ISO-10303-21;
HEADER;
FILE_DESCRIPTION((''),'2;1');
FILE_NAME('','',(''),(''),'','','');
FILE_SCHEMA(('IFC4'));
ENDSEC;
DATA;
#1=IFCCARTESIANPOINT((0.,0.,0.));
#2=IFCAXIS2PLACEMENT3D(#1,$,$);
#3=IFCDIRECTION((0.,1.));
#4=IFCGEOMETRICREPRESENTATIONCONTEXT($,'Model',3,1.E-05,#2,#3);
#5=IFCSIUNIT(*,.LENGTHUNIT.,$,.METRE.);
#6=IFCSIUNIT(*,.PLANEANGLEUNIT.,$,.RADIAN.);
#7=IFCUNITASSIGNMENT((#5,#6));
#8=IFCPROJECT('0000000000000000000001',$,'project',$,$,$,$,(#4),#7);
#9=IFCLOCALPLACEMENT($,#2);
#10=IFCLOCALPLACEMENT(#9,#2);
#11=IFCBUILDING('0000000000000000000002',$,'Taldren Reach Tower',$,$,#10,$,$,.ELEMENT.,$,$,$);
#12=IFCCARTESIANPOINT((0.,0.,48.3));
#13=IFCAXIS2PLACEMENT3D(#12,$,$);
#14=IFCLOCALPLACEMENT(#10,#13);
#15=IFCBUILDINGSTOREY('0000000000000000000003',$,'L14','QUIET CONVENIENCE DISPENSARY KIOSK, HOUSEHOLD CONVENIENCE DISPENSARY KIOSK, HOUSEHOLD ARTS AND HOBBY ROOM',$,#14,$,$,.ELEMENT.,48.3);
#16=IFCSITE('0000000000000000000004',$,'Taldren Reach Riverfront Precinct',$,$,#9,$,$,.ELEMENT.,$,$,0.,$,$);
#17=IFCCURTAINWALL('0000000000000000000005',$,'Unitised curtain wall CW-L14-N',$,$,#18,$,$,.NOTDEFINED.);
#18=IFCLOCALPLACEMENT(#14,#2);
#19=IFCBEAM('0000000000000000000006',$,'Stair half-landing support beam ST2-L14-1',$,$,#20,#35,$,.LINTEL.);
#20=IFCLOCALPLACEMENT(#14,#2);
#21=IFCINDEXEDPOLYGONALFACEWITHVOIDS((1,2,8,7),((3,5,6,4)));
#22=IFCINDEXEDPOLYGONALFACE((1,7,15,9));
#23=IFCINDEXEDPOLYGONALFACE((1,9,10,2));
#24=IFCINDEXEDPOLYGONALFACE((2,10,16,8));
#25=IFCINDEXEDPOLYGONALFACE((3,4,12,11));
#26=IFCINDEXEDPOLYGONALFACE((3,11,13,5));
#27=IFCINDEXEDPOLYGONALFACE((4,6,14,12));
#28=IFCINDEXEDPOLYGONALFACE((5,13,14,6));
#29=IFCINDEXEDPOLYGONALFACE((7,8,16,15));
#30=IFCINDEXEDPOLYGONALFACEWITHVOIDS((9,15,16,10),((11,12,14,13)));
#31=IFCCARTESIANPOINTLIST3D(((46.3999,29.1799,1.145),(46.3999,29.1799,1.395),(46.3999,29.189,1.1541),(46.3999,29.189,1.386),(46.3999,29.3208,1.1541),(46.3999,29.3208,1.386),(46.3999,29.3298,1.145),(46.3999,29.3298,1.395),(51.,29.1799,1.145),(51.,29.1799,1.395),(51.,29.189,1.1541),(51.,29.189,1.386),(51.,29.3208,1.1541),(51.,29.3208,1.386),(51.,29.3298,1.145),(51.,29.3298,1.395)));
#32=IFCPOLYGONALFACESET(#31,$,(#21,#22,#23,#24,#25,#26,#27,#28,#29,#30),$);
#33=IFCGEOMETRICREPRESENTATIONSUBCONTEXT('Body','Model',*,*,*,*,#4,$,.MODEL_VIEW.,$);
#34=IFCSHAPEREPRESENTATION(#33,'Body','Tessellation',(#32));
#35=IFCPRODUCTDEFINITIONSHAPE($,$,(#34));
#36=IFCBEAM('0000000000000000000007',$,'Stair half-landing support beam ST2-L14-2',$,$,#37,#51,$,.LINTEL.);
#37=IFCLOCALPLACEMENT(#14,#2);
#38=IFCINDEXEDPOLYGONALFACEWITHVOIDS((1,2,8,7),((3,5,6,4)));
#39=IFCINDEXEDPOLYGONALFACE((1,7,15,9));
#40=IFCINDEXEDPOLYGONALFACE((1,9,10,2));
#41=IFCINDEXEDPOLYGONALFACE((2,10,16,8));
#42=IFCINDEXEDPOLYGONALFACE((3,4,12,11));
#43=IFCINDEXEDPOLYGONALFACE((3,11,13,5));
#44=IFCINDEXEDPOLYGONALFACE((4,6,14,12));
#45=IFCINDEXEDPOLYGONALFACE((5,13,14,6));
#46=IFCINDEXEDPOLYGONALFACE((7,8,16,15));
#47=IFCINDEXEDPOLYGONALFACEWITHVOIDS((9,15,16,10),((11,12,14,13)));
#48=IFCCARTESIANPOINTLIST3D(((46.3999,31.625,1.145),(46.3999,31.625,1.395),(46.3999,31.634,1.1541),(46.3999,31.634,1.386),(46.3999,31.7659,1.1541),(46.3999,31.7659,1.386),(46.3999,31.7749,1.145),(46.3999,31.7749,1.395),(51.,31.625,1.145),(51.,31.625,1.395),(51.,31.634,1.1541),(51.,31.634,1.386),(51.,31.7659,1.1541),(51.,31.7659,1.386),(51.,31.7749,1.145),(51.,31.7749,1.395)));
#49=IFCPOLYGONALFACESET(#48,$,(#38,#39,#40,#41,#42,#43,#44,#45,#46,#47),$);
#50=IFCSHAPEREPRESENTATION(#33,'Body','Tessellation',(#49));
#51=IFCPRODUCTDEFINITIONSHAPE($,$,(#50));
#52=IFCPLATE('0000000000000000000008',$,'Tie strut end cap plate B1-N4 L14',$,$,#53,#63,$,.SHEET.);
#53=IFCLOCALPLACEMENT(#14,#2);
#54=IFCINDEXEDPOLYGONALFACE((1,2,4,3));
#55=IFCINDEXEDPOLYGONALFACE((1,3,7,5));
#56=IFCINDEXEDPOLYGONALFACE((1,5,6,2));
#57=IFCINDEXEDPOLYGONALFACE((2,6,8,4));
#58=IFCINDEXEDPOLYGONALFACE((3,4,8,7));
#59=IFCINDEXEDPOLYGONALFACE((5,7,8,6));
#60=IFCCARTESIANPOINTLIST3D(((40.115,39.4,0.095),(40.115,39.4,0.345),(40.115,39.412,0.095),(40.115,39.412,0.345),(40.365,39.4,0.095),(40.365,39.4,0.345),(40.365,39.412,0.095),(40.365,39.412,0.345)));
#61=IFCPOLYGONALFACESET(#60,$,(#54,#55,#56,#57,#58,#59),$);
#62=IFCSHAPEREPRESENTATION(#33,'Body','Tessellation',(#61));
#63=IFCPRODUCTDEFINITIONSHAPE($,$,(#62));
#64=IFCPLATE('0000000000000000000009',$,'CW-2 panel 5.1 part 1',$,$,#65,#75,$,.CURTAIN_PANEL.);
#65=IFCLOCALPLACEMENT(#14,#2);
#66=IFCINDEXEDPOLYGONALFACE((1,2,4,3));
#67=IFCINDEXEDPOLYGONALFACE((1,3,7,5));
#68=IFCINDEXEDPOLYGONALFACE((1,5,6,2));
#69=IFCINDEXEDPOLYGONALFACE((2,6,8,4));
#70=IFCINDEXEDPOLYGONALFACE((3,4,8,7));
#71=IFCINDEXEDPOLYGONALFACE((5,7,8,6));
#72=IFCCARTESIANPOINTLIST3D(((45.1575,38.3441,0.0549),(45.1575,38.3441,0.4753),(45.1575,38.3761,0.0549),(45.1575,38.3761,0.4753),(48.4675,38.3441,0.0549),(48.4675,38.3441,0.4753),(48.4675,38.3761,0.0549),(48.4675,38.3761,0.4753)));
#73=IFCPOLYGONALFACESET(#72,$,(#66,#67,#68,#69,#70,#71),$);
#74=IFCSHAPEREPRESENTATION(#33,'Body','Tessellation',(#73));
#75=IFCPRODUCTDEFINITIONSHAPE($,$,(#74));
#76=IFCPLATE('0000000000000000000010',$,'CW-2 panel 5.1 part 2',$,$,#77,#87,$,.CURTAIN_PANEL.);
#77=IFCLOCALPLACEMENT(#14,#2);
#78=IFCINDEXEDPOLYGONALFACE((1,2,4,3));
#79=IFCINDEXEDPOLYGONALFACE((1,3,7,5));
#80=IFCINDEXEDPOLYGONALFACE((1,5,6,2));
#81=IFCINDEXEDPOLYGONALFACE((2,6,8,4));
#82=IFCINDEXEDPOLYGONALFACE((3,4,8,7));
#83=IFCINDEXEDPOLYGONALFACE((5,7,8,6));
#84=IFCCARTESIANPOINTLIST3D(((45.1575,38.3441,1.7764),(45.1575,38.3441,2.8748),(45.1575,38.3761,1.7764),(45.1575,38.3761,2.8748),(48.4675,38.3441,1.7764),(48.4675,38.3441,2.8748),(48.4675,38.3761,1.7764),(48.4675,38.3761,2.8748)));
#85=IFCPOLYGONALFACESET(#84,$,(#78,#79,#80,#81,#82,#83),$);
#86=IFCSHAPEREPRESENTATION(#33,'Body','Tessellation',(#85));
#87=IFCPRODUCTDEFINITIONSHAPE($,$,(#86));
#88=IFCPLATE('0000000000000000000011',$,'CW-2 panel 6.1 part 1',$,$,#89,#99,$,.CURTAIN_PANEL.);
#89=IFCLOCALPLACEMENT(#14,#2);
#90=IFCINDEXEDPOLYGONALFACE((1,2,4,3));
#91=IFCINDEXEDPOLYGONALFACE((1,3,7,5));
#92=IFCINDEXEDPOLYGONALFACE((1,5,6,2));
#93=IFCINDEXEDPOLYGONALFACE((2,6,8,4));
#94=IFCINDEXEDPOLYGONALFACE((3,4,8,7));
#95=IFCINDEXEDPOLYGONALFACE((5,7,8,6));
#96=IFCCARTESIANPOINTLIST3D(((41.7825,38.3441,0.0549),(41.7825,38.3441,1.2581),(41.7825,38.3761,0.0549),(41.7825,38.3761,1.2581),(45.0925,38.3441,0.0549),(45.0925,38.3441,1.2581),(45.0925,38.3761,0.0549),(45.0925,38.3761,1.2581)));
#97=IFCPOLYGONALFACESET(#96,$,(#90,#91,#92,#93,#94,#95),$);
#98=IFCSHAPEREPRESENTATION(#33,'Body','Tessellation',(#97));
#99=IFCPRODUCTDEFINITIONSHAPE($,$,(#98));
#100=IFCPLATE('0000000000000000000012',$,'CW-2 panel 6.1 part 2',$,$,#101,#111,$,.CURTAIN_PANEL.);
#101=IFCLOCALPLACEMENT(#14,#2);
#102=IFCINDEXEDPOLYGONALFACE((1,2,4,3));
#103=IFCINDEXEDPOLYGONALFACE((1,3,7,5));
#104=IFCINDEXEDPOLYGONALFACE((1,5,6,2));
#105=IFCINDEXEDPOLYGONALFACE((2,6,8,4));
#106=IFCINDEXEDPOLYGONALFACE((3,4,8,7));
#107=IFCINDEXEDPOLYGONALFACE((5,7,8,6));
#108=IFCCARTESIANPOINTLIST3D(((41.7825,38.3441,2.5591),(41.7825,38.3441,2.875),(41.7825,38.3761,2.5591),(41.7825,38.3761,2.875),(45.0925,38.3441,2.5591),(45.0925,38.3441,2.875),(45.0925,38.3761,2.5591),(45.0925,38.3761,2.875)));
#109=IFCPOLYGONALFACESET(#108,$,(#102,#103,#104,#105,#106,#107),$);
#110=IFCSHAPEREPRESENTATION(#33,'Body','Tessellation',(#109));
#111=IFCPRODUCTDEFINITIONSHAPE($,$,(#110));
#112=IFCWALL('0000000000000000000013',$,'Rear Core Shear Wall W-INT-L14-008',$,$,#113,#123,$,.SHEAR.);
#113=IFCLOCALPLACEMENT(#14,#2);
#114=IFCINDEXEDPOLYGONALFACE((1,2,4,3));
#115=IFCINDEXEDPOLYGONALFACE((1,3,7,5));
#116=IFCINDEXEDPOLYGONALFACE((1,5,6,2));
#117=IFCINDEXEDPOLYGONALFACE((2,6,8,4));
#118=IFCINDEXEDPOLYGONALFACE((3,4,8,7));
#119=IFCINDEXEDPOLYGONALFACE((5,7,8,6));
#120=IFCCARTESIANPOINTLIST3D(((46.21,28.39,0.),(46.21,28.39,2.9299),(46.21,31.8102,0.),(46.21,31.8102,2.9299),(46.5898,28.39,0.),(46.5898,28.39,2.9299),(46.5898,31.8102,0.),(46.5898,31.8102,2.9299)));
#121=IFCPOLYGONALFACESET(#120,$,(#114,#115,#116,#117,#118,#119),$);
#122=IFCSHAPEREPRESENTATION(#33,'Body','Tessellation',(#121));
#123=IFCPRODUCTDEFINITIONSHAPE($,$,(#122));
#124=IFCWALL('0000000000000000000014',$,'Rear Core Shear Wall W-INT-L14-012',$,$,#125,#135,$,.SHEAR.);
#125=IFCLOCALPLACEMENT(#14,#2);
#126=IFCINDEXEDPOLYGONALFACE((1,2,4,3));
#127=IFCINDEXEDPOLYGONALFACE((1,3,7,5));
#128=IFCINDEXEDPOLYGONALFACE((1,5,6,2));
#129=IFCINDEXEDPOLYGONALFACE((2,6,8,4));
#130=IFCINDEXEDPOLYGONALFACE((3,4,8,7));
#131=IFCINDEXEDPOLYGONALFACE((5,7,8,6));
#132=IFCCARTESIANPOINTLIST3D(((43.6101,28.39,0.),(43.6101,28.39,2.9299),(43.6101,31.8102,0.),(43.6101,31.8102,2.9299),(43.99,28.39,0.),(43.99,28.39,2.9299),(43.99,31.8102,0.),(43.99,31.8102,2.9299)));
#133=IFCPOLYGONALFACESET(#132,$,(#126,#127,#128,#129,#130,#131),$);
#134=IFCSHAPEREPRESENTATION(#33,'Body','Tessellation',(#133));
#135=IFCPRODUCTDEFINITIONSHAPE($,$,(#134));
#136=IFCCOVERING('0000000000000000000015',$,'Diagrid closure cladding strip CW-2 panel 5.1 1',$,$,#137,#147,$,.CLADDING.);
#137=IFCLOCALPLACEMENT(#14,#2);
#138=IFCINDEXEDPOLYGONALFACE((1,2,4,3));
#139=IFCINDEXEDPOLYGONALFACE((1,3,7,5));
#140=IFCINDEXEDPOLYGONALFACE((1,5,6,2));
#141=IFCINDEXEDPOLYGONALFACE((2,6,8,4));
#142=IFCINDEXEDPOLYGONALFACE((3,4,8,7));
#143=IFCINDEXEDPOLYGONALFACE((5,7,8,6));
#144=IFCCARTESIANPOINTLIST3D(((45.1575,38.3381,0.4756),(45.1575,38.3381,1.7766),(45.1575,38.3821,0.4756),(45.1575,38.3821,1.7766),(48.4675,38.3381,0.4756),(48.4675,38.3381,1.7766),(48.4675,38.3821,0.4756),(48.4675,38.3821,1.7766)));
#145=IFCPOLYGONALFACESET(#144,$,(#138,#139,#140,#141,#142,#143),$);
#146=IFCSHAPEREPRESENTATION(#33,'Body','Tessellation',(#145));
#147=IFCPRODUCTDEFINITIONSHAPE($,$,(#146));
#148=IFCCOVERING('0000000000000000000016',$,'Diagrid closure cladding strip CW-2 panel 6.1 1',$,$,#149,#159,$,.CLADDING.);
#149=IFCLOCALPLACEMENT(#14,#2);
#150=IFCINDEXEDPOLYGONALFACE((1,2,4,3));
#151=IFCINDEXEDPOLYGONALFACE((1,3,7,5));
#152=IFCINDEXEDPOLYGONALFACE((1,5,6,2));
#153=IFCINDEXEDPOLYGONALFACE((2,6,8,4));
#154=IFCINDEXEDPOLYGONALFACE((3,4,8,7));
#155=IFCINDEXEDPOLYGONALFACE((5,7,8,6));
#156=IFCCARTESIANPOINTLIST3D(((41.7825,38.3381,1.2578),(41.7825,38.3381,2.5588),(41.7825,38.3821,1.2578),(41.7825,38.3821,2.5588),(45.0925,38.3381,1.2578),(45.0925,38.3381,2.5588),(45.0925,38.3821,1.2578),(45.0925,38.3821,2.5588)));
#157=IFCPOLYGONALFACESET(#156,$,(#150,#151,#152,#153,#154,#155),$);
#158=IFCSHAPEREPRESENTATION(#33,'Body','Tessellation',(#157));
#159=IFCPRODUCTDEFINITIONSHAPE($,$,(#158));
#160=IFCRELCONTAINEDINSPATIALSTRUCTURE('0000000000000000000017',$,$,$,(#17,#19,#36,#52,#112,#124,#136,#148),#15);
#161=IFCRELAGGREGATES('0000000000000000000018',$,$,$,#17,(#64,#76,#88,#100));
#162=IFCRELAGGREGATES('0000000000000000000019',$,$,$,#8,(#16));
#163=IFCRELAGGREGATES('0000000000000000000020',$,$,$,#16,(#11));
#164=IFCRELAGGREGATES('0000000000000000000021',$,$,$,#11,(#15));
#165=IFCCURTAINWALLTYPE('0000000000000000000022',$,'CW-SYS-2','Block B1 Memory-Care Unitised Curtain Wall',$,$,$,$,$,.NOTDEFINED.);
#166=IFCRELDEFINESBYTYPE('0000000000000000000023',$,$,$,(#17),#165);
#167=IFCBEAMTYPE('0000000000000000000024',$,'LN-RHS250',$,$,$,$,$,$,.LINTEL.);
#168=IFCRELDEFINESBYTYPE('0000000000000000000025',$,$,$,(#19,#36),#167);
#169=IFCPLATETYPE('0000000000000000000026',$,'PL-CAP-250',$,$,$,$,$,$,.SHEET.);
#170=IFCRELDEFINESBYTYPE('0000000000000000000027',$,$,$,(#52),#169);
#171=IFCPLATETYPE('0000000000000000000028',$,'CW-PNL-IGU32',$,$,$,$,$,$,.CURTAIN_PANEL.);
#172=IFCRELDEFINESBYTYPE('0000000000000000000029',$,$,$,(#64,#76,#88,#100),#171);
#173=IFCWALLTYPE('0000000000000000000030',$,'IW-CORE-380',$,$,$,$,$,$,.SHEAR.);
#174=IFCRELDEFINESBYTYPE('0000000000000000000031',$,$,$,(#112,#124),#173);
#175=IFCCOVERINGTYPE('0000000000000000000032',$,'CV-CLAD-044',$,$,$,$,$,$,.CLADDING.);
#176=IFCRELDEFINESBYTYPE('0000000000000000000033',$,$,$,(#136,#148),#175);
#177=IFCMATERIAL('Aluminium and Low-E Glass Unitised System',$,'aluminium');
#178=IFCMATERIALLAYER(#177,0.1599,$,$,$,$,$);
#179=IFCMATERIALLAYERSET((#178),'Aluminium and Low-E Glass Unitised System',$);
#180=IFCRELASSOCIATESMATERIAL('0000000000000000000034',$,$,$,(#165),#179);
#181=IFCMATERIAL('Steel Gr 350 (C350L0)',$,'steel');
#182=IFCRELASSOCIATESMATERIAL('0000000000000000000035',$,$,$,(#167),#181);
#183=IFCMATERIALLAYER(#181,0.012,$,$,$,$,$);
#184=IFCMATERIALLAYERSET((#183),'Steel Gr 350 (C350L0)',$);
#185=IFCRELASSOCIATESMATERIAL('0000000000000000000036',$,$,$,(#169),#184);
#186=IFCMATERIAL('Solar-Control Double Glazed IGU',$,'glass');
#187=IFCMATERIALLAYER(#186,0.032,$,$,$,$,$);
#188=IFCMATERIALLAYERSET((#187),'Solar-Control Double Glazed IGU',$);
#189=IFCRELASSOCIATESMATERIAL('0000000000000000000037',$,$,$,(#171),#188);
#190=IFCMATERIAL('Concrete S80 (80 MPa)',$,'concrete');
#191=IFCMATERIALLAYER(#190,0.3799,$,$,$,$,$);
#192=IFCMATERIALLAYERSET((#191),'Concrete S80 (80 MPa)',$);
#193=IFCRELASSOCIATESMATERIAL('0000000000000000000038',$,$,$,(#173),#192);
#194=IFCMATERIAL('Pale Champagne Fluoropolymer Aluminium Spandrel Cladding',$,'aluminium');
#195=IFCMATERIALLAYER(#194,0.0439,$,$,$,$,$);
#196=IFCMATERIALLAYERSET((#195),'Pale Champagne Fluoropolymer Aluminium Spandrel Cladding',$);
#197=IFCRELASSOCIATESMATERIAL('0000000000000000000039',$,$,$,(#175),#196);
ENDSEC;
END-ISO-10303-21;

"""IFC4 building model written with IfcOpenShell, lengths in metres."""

from ifc_helpers import new_model, si_unit, direction, frame, frame_2d, origin, origin_2d, place, context, subcontext, project, spatial, rectangle, hollow_rectangle, extrude, source, transform, mapped, material, layer, layer_set, material_profile, profile_set, type_object, element, aggregate, save


model = new_model("IFC4")

# Units and contexts
model_context = context("Model", 3, precision=1e-05, world=origin(), true_north=direction((0.0, 1.0)))
body_context = subcontext(model_context, "Body", "Model", "MODEL_VIEW")
ifc_project = project(units=[si_unit("LENGTHUNIT", "METRE"), si_unit("PLANEANGLEUNIT", "RADIAN")], contexts=[model_context])

# Site, building, storey
site_placement = place(None, origin())
site = spatial("IfcSite", under=ifc_project, at=site_placement, Name="Taldren Reach Riverfront Precinct", CompositionType="ELEMENT", RefElevation=0.0)
building_placement = place(site_placement, origin())
building = spatial("IfcBuilding", under=site, at=building_placement, Name="Taldren Reach Tower", CompositionType="ELEMENT")
storey_placement = place(building_placement, frame((0.0, 0.0, 48.3)))
storey = spatial("IfcBuildingStorey", under=building, at=storey_placement, Name="L14", Description="QUIET CONVENIENCE DISPENSARY KIOSK, HOUSEHOLD CONVENIENCE DISPENSARY KIOSK, HOUSEHOLD ARTS AND HOBBY ROOM", CompositionType="ELEMENT", Elevation=48.3)

# Shared definitions
ifc_material_1 = material(Name="Steel Gr 350 (C350L0)", Category="steel")

# Curtain wall
ifc_material_2 = material(Name="Aluminium and Low-E Glass Unitised System", Category="aluminium")
ifc_layer_1 = layer(ifc_material_2, 0.1599)
ifc_layer_set_1 = layer_set([ifc_layer_1], Name="Aluminium and Low-E Glass Unitised System")
curtain_wall_type = type_object("IfcCurtainWallType", Name="CW-SYS-2", Description="Block B1 Memory-Care Unitised Curtain Wall", PredefinedType="NOTDEFINED", material=ifc_layer_set_1)
curtain_wall_placement = place(storey_placement, origin())
curtain_wall = element("IfcCurtainWall", 1, at=curtain_wall_placement, inside=storey, type_object=curtain_wall_type, Name="Unitised curtain wall CW-L14-N", PredefinedType="NOTDEFINED")

# Beams
ifc_material_profile_1 = material_profile(ifc_material_1, hollow_rectangle(XDim=0.1499, YDim=0.25, WallThickness=0.009, at=origin_2d()), Name="250x150x9.0RHS")
ifc_profile_set_1 = profile_set([ifc_material_profile_1], Name="Steel Gr 350 (C350L0)")
beam_type = type_object("IfcBeamType", Name="LN-RHS250", PredefinedType="LINTEL", material=ifc_profile_set_1)
shared_shape_1 = source(origin(), body_context, "Body", "SweptSolid", [
    extrude(hollow_rectangle(XDim=0.1499, YDim=0.25, WallThickness=0.009, at=origin_2d()), origin(), (0.0, 0.0, 1.0), 4.6001),
])
for number, where, z_axis, x_axis, name in (
    (2, (46.3999, 29.2549, 1.27), (1.0, 0.0, 0.0), (0.0, 1.0, 0.0), "Stair half-landing support beam ST2-L14-1"),
    (3, (46.3999, 31.7, 1.27), (1.0, 0.0, 0.0), (0.0, 1.0, 0.0), "Stair half-landing support beam ST2-L14-2"),
):
    element("IfcBeam", number, at=place(storey_placement, frame(where, z_axis=z_axis, x_axis=x_axis)), inside=storey, type_object=beam_type, Name=name, PredefinedType="LINTEL", context=body_context, shape_type="MappedRepresentation", body=[
        mapped(shared_shape_1, transform((0.0, 0.0, 0.0), scale=1.0)),
    ])

# Plates
ifc_layer_2 = layer(ifc_material_1, 0.012)
ifc_layer_set_2 = layer_set([ifc_layer_2], Name="Steel Gr 350 (C350L0)")
plate_type_1 = type_object("IfcPlateType", Name="PL-CAP-250", PredefinedType="SHEET", material=ifc_layer_set_2)
shared_shape_2 = source(origin(), body_context, "Body", "SweptSolid", [
    extrude(rectangle(XDim=0.25, YDim=0.012, at=origin_2d()), origin(), (0.0, 0.0, 1.0), 0.25),
])
plate_1_placement = place(storey_placement, frame((40.24, 39.406, 0.095), z_axis=(0.0, 0.0, 1.0), x_axis=(1.0, 0.0, 0.0)))
element("IfcPlate", 4, at=plate_1_placement, inside=storey, type_object=plate_type_1, Name="Tie strut end cap plate B1-N4 L14", PredefinedType="SHEET", context=body_context, shape_type="MappedRepresentation", body=[
    mapped(shared_shape_2, transform((0.0, 0.0, 0.0), scale=1.0)),
])
ifc_material_3 = material(Name="Solar-Control Double Glazed IGU", Category="glass")
ifc_layer_3 = layer(ifc_material_3, 0.032)
ifc_layer_set_3 = layer_set([ifc_layer_3], Name="Solar-Control Double Glazed IGU")
plate_type_2 = type_object("IfcPlateType", Name="CW-PNL-IGU32", PredefinedType="CURTAIN_PANEL", material=ifc_layer_set_3)
shared_shape_3 = source(origin(), body_context, "Body", "SweptSolid", [
    extrude(rectangle(XDim=3.3101, YDim=0.032, at=origin_2d()), origin(), (0.0, 0.0, 1.0), 0.4204),
])
plate_2_placement = place(storey_placement, frame((46.8125, 38.3601, 0.0549), z_axis=(0.0, 0.0, 1.0), x_axis=(-1.0, 0.0, 0.0)))
plate_2 = element("IfcPlate", 5, at=plate_2_placement, type_object=plate_type_2, Name="CW-2 panel 5.1 part 1", PredefinedType="CURTAIN_PANEL", context=body_context, shape_type="MappedRepresentation", body=[
    mapped(shared_shape_3, transform((0.0, 0.0, 0.0), scale=1.0)),
])
shared_shape_4 = source(origin(), body_context, "Body", "SweptSolid", [
    extrude(rectangle(XDim=3.3101, YDim=0.032, at=origin_2d()), origin(), (0.0, 0.0, 1.0), 1.0984),
])
plate_3_placement = place(storey_placement, frame((46.8125, 38.3601, 1.7764), z_axis=(0.0, 0.0, 1.0), x_axis=(-1.0, 0.0, 0.0)))
plate_3 = element("IfcPlate", 6, at=plate_3_placement, type_object=plate_type_2, Name="CW-2 panel 5.1 part 2", PredefinedType="CURTAIN_PANEL", context=body_context, shape_type="MappedRepresentation", body=[
    mapped(shared_shape_4, transform((0.0, 0.0, 0.0), scale=1.0)),
])
shared_shape_5 = source(origin(), body_context, "Body", "SweptSolid", [
    extrude(rectangle(XDim=3.3101, YDim=0.032, at=origin_2d()), origin(), (0.0, 0.0, 1.0), 1.2031),
])
plate_4_placement = place(storey_placement, frame((43.4375, 38.3601, 0.0549), z_axis=(0.0, 0.0, 1.0), x_axis=(-1.0, 0.0, 0.0)))
plate_4 = element("IfcPlate", 7, at=plate_4_placement, type_object=plate_type_2, Name="CW-2 panel 6.1 part 1", PredefinedType="CURTAIN_PANEL", context=body_context, shape_type="MappedRepresentation", body=[
    mapped(shared_shape_5, transform((0.0, 0.0, 0.0), scale=1.0)),
])
shared_shape_6 = source(origin(), body_context, "Body", "SweptSolid", [
    extrude(rectangle(XDim=3.3101, YDim=0.032, at=origin_2d()), origin(), (0.0, 0.0, 1.0), 0.3159),
])
plate_5_placement = place(storey_placement, frame((43.4375, 38.3601, 2.5591), z_axis=(0.0, 0.0, 1.0), x_axis=(-1.0, 0.0, 0.0)))
plate_5 = element("IfcPlate", 8, at=plate_5_placement, type_object=plate_type_2, Name="CW-2 panel 6.1 part 2", PredefinedType="CURTAIN_PANEL", context=body_context, shape_type="MappedRepresentation", body=[
    mapped(shared_shape_6, transform((0.0, 0.0, 0.0), scale=1.0)),
])
aggregate(curtain_wall, [plate_2, plate_3, plate_4, plate_5])

# Walls
ifc_material_4 = material(Name="Concrete S80 (80 MPa)", Category="concrete")
ifc_layer_4 = layer(ifc_material_4, 0.3799)
ifc_layer_set_4 = layer_set([ifc_layer_4], Name="Concrete S80 (80 MPa)")
wall_type = type_object("IfcWallType", Name="IW-CORE-380", PredefinedType="SHEAR", material=ifc_layer_set_4)
shared_shape_7 = source(origin(), body_context, "Body", "SweptSolid", [
    extrude(rectangle(XDim=3.4202, YDim=0.3799, at=frame_2d((1.71, 0.0))), origin(), (0.0, 0.0, 1.0), 2.9299),
])
for number, where, z_axis, x_axis, name in (
    (9, (46.3999, 31.8101, 0.0), (0.0, 0.0, 1.0), (0.0, -1.0, 0.0), "Rear Core Shear Wall W-INT-L14-008"),
    (10, (43.8, 31.8101, 0.0), (0.0, 0.0, 1.0), (0.0, -1.0, 0.0), "Rear Core Shear Wall W-INT-L14-012"),
):
    element("IfcWall", number, at=place(storey_placement, frame(where, z_axis=z_axis, x_axis=x_axis)), inside=storey, type_object=wall_type, Name=name, PredefinedType="SHEAR", context=body_context, shape_type="MappedRepresentation", body=[
        mapped(shared_shape_7, transform((0.0, 0.0, 0.0), scale=1.0)),
    ])

# Coverings
ifc_material_5 = material(Name="Pale Champagne Fluoropolymer Aluminium Spandrel Cladding", Category="aluminium")
ifc_layer_5 = layer(ifc_material_5, 0.0439)
ifc_layer_set_5 = layer_set([ifc_layer_5], Name="Pale Champagne Fluoropolymer Aluminium Spandrel Cladding")
covering_type = type_object("IfcCoveringType", Name="CV-CLAD-044", PredefinedType="CLADDING", material=ifc_layer_set_5)
shared_shape_8 = source(origin(), body_context, "Body", "SweptSolid", [
    extrude(rectangle(XDim=3.3101, YDim=0.0439, at=origin_2d()), origin(), (0.0, 0.0, 1.0), 1.301),
])
for number, where, z_axis, x_axis, name in (
    (11, (46.8125, 38.3601, 0.4756), (0.0, 0.0, 1.0), (-1.0, 0.0, 0.0), "Diagrid closure cladding strip CW-2 panel 5.1 1"),
    (12, (43.4375, 38.3601, 1.2578), (0.0, 0.0, 1.0), (-1.0, 0.0, 0.0), "Diagrid closure cladding strip CW-2 panel 6.1 1"),
):
    element("IfcCovering", number, at=place(storey_placement, frame(where, z_axis=z_axis, x_axis=x_axis)), inside=storey, type_object=covering_type, Name=name, PredefinedType="CLADDING", context=body_context, shape_type="MappedRepresentation", body=[
        mapped(shared_shape_8, transform((0.0, 0.0, 0.0), scale=1.0)),
    ])

save(model, "model.ifc")
